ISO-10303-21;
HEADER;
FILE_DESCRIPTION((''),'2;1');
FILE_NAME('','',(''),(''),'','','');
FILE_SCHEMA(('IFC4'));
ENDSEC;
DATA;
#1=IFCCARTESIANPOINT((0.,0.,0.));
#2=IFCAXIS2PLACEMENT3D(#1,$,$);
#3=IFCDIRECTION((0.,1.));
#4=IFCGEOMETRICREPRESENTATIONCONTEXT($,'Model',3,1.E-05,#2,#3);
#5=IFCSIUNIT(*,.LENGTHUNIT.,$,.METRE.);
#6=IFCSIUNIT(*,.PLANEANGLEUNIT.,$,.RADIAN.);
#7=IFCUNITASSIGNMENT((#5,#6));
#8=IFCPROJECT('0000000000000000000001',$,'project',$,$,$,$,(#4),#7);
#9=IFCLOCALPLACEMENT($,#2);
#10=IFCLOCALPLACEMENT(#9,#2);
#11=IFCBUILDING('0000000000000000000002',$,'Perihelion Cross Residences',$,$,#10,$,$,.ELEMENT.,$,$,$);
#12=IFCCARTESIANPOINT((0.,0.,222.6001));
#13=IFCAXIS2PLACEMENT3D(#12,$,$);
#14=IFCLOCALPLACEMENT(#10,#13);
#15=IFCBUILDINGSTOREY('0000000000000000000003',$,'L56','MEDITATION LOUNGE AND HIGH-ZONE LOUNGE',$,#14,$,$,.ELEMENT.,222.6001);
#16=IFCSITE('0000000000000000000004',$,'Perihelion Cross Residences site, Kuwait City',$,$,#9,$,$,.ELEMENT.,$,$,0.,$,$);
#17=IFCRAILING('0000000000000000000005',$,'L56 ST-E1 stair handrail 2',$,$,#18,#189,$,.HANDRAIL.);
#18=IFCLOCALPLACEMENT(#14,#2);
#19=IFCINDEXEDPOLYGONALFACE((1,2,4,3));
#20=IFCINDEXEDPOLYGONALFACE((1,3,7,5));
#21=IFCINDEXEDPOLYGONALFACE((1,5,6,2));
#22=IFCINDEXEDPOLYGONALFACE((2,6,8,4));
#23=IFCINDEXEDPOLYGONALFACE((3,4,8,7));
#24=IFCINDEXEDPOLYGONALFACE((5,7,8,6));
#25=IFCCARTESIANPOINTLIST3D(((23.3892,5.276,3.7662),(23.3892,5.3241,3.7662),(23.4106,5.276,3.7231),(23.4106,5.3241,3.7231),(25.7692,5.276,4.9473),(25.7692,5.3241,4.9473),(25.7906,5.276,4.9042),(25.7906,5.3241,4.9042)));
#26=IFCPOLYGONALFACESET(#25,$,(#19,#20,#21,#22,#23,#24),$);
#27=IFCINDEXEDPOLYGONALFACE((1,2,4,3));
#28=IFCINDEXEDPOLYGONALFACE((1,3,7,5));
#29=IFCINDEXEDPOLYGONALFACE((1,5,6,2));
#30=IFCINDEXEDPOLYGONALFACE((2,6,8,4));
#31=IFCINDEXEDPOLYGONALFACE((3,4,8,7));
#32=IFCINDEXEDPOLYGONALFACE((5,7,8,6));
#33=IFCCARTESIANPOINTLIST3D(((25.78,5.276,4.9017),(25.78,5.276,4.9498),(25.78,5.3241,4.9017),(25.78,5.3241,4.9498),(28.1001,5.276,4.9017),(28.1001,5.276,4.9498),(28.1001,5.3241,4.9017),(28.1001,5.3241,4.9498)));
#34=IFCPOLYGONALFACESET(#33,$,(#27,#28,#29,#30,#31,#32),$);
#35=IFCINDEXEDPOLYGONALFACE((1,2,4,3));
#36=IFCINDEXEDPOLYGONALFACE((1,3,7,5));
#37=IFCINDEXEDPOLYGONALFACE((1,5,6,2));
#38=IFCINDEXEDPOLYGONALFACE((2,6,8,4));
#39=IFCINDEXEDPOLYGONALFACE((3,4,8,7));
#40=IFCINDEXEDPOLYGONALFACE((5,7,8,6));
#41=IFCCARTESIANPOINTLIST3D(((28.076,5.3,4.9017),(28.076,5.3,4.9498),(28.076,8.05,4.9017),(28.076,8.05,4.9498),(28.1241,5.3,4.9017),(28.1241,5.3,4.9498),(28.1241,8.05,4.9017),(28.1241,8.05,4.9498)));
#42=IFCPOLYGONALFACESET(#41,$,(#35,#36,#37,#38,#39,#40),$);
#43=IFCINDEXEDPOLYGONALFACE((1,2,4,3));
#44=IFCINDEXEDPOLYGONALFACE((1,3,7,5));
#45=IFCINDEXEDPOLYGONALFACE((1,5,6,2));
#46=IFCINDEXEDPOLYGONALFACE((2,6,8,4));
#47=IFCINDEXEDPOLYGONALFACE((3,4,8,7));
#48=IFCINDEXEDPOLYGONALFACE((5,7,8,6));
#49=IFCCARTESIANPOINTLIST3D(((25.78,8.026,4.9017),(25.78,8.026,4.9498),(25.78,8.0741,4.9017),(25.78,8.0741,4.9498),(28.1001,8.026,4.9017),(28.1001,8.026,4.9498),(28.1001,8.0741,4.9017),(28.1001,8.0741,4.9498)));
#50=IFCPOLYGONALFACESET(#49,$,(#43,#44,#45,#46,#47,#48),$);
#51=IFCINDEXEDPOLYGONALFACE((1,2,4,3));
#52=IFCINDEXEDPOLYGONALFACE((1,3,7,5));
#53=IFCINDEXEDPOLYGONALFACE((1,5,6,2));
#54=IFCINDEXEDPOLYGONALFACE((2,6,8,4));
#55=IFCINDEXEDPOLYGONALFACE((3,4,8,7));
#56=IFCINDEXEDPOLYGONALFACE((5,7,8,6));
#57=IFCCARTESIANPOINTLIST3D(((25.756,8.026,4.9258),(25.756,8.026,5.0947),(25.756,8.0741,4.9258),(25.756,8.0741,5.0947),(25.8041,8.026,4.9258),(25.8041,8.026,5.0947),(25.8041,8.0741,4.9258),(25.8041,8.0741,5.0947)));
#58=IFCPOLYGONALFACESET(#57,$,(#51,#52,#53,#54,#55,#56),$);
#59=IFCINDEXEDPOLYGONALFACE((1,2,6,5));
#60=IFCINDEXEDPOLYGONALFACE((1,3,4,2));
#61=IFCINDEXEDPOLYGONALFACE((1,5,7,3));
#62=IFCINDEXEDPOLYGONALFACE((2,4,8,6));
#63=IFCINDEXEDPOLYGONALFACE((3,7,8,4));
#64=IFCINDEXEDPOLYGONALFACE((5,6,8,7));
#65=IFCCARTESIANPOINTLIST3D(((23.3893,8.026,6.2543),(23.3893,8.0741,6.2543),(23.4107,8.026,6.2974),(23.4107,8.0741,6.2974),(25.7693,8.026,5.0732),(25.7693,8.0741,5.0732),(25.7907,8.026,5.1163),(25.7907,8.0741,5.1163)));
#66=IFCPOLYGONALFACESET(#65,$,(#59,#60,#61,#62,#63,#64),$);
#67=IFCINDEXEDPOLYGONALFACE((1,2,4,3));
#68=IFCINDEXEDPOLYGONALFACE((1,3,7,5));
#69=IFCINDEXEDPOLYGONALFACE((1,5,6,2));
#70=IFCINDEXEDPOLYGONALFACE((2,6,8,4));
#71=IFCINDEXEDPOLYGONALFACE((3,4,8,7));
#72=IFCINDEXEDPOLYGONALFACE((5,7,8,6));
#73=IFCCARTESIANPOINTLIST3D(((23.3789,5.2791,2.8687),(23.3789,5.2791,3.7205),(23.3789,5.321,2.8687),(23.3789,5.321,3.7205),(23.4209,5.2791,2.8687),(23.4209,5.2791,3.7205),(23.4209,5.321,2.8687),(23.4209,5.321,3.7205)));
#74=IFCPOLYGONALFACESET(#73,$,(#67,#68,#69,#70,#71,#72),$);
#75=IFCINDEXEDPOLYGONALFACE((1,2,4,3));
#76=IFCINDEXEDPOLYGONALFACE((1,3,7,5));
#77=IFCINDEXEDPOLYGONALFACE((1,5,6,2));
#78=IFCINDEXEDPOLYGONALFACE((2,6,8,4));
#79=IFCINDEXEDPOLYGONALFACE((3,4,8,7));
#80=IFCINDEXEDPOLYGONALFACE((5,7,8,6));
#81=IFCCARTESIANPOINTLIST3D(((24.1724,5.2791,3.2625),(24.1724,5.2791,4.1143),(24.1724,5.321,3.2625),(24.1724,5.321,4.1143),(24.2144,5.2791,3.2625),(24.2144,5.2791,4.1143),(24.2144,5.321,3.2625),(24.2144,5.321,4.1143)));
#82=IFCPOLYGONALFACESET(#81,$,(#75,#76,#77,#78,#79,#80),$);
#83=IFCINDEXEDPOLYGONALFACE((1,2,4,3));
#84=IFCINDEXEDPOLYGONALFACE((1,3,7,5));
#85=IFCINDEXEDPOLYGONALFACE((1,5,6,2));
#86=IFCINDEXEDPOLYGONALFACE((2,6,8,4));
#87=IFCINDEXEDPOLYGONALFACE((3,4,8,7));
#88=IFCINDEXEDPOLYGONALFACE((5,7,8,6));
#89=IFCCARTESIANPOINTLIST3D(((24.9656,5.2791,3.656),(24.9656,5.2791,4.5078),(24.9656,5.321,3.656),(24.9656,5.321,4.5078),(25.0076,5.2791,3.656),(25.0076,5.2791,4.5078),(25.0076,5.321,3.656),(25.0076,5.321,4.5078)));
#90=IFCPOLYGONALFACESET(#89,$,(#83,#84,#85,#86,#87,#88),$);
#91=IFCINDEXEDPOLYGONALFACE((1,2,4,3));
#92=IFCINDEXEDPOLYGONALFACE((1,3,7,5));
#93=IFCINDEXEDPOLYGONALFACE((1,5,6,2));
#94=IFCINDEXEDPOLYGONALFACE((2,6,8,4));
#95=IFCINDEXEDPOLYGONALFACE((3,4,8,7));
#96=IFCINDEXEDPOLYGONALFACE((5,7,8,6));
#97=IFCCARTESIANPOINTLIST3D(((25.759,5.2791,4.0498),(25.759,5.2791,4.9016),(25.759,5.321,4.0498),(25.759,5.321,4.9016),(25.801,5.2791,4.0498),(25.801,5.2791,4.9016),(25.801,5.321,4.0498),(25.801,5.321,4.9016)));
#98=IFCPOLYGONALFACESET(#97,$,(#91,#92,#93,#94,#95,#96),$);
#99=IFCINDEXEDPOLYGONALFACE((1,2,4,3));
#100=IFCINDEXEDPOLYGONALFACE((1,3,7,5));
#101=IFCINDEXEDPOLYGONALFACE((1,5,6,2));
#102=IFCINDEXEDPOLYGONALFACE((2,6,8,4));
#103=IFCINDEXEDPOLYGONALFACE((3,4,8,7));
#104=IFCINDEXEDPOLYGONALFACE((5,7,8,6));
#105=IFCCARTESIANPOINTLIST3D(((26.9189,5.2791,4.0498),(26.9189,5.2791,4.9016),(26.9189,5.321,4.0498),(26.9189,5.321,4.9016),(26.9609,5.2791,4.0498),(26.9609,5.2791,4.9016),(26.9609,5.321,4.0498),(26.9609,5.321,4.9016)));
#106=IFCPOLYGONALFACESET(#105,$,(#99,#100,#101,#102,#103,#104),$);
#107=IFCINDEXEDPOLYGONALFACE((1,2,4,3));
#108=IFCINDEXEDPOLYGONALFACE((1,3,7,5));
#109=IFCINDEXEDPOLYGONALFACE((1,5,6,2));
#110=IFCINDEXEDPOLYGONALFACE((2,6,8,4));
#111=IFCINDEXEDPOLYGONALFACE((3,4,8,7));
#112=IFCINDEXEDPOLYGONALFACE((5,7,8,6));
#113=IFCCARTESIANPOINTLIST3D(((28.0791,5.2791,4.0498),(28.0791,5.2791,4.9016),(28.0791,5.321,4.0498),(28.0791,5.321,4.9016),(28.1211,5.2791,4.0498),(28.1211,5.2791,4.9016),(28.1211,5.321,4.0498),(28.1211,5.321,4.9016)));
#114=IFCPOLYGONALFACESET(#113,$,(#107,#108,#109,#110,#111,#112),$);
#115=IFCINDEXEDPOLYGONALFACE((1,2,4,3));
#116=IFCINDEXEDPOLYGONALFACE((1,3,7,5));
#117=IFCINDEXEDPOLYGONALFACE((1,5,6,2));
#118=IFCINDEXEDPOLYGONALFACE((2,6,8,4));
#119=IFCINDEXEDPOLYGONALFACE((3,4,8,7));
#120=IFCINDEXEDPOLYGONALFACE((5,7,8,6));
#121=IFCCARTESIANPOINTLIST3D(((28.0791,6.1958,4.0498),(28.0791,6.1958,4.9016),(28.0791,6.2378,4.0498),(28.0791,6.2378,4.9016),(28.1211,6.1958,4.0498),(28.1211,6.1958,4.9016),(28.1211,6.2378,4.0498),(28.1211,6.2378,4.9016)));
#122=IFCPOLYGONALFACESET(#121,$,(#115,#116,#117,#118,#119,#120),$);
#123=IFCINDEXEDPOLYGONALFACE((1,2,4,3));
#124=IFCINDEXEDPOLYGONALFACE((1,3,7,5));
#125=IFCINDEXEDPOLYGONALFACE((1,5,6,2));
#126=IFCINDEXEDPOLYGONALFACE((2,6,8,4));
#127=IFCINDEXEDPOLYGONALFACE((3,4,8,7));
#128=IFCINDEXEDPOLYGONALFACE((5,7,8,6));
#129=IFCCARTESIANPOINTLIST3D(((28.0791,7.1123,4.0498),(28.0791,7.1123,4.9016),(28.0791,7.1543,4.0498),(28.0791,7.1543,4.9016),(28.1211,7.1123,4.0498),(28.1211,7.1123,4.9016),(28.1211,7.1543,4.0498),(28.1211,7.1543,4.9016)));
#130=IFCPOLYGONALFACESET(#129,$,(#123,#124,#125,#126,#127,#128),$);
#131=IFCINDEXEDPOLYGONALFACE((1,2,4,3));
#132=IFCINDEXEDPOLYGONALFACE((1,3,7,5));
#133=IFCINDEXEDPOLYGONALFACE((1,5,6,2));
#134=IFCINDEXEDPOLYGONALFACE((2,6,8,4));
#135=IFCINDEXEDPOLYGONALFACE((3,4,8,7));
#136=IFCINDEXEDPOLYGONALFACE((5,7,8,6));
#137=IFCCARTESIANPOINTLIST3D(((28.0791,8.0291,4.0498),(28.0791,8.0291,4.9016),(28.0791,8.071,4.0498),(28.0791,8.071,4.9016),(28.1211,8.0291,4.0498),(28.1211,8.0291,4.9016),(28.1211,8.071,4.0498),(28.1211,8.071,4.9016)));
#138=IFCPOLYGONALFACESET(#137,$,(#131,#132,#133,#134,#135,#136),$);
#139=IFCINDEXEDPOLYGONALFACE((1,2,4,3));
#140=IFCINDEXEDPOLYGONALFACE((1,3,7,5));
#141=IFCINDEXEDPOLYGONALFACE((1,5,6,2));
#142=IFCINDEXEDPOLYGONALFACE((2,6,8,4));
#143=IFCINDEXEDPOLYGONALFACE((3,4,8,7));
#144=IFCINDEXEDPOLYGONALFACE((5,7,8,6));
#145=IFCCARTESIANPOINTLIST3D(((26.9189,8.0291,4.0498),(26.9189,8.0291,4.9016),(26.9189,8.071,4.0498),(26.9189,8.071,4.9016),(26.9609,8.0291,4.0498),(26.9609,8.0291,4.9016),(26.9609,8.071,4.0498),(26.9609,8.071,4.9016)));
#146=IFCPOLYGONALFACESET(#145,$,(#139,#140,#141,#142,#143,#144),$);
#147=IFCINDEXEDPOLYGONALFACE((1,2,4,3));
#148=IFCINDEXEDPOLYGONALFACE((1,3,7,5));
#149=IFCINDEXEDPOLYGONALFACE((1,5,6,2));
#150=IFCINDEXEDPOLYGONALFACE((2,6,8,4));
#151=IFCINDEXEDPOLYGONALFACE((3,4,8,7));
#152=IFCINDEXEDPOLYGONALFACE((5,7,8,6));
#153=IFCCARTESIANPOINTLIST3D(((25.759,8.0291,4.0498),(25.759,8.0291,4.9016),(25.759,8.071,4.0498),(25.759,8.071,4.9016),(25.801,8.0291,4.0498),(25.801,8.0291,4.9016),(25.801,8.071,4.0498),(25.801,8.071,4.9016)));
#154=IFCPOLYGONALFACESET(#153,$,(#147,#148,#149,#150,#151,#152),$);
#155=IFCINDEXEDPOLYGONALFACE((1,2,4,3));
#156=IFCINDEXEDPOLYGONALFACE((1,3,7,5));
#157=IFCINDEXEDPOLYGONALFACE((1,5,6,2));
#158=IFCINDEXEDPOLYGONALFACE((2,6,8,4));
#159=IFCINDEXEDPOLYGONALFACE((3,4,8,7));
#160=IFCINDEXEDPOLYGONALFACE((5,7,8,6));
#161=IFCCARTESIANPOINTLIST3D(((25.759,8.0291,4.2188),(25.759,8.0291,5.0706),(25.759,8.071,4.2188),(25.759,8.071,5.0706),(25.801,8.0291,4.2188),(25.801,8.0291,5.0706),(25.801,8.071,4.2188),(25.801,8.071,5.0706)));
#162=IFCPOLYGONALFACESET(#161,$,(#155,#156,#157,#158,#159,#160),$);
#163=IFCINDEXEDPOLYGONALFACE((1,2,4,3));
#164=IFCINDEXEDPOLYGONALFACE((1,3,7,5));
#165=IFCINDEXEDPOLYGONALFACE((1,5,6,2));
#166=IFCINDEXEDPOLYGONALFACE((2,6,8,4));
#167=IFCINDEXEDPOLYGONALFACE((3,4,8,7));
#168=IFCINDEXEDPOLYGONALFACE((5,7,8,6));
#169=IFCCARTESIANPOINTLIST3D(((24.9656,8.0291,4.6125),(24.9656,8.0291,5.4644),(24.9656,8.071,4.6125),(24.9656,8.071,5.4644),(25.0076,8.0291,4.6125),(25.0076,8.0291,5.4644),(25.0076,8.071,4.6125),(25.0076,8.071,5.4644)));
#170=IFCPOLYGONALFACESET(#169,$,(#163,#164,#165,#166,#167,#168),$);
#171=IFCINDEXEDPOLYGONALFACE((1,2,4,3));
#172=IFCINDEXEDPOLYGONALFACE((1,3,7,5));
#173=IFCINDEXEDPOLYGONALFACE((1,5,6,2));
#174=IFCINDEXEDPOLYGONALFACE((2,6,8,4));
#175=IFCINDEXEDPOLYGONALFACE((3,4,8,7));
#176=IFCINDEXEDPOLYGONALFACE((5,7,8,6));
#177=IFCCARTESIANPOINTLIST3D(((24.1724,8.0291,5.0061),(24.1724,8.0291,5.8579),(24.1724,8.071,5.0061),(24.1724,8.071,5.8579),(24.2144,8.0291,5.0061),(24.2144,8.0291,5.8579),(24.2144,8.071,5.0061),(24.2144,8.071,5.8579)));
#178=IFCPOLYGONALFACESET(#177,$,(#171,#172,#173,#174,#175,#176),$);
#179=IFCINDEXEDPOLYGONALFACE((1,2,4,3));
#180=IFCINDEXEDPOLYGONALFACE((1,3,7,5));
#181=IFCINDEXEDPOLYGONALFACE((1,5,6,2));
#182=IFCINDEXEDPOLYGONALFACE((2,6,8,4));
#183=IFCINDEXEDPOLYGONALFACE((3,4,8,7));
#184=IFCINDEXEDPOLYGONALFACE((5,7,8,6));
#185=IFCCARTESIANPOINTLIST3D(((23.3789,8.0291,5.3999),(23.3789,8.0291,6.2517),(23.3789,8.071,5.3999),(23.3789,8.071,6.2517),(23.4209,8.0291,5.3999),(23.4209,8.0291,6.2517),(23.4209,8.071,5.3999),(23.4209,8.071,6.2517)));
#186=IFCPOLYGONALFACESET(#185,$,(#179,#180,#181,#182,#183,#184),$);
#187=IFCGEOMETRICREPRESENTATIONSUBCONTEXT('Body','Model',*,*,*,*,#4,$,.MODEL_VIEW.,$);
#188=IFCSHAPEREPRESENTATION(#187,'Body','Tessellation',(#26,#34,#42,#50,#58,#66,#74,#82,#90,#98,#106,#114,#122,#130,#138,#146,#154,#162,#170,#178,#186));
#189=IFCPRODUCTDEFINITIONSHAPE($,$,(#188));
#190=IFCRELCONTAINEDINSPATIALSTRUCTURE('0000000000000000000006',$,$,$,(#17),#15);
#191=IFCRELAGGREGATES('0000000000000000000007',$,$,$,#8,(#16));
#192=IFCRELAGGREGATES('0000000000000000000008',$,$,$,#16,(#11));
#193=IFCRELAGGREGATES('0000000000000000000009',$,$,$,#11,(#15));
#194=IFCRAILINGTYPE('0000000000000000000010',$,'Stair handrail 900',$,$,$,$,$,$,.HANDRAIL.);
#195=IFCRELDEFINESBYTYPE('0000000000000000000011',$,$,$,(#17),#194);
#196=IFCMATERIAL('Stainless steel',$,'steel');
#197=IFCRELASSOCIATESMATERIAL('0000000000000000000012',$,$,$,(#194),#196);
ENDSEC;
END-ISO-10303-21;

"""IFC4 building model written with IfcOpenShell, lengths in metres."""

from ifc_helpers import new_model, si_unit, direction, frame, origin, origin_2d, place, context, subcontext, project, spatial, rectangle, extrude, material, type_object, element, save


model = new_model("IFC4")

# Units and contexts
model_context = context("Model", 3, precision=1e-05, world=origin(), true_north=direction((0.0, 1.0)))
body_context = subcontext(model_context, "Body", "Model", "MODEL_VIEW")
ifc_project = project(units=[si_unit("LENGTHUNIT", "METRE"), si_unit("PLANEANGLEUNIT", "RADIAN")], contexts=[model_context])

# Site, building, storey
site_placement = place(None, origin())
site = spatial("IfcSite", under=ifc_project, at=site_placement, Name="Perihelion Cross Residences site, Kuwait City", CompositionType="ELEMENT", RefElevation=0.0)
building_placement = place(site_placement, origin())
building = spatial("IfcBuilding", under=site, at=building_placement, Name="Perihelion Cross Residences", CompositionType="ELEMENT")
storey_placement = place(building_placement, frame((0.0, 0.0, 222.6001)))
storey = spatial("IfcBuildingStorey", under=building, at=storey_placement, Name="L56", Description="MEDITATION LOUNGE AND HIGH-ZONE LOUNGE", CompositionType="ELEMENT", Elevation=222.6001)

# Railing
ifc_material_1 = material(Name="Stainless steel", Category="steel")
railing_type_1 = type_object("IfcRailingType", Name="Stair handrail 900", PredefinedType="HANDRAIL", material=ifc_material_1)
railing_1_placement = place(storey_placement, frame((23.3999, 5.3, 2.8687)))
element("IfcRailing", 1, at=railing_1_placement, inside=storey, type_object=railing_type_1, Name="L56 ST-E1 stair handrail 2", PredefinedType="HANDRAIL", context=body_context, shape_type="SweptSolid", body=[
    extrude(rectangle(XDim=0.0481, YDim=0.0481, at=origin_2d()), frame((0.0, 0.0, 0.876), z_axis=(0.895765, 0.0, 0.444529), x_axis=(0.0, 1.0, 0.0)), (0.0, 0.0, 1.0), 2.657),
    extrude(rectangle(XDim=0.0481, YDim=0.0481, at=origin_2d()), frame((2.3801, 0.0, 2.0571), z_axis=(1.0, 0.0, 0.0), x_axis=(0.0, 1.0, 0.0)), (0.0, 0.0, 1.0), 2.3201),
    extrude(rectangle(XDim=0.0481, YDim=0.0481, at=origin_2d()), frame((4.7002, 0.0, 2.0571), z_axis=(0.0, 1.0, 0.0), x_axis=(-1.0, 0.0, 0.0)), (0.0, 0.0, 1.0), 2.75),
    extrude(rectangle(XDim=0.0481, YDim=0.0481, at=origin_2d()), frame((4.7002, 2.75, 2.0571), z_axis=(-1.0, 0.0, 0.0), x_axis=(0.0, -1.0, 0.0)), (0.0, 0.0, 1.0), 2.3201),
    extrude(rectangle(XDim=0.0481, YDim=0.0481, at=origin_2d()), frame((2.3801, 2.75, 2.0571), z_axis=(0.0, 0.0, 1.0), x_axis=(1.0, 0.0, 0.0)), (0.0, 0.0, 1.0), 0.1689),
    extrude(rectangle(XDim=0.0481, YDim=0.0481, at=origin_2d()), frame((2.3801, 2.75, 2.2261), z_axis=(-0.895765, 0.0, 0.444529), x_axis=(0.0, -1.0, 0.0)), (0.0, 0.0, 1.0), 2.657),
    extrude(rectangle(XDim=0.042, YDim=0.042, at=origin_2d()), origin(), (0.0, 0.0, 1.0), 0.8518),
    extrude(rectangle(XDim=0.042, YDim=0.042, at=origin_2d()), frame((0.7935, 0.0, 0.3938)), (0.0, 0.0, 1.0), 0.8518),
    extrude(rectangle(XDim=0.042, YDim=0.042, at=origin_2d()), frame((1.5867, 0.0, 0.7874)), (0.0, 0.0, 1.0), 0.8518),
    extrude(rectangle(XDim=0.042, YDim=0.042, at=origin_2d()), frame((2.3801, 0.0, 1.1812)), (0.0, 0.0, 1.0), 0.8518),
    extrude(rectangle(XDim=0.042, YDim=0.042, at=origin_2d()), frame((3.54, 0.0, 1.1812)), (0.0, 0.0, 1.0), 0.8518),
    extrude(rectangle(XDim=0.042, YDim=0.042, at=origin_2d()), frame((4.7002, 0.0, 1.1812)), (0.0, 0.0, 1.0), 0.8518),
    extrude(rectangle(XDim=0.042, YDim=0.042, at=origin_2d()), frame((4.7002, 0.9167, 1.1812)), (0.0, 0.0, 1.0), 0.8518),
    extrude(rectangle(XDim=0.042, YDim=0.042, at=origin_2d()), frame((4.7002, 1.8333, 1.1812)), (0.0, 0.0, 1.0), 0.8518),
    extrude(rectangle(XDim=0.042, YDim=0.042, at=origin_2d()), frame((4.7002, 2.75, 1.1812)), (0.0, 0.0, 1.0), 0.8518),
    extrude(rectangle(XDim=0.042, YDim=0.042, at=origin_2d()), frame((3.54, 2.75, 1.1812)), (0.0, 0.0, 1.0), 0.8518),
    extrude(rectangle(XDim=0.042, YDim=0.042, at=origin_2d()), frame((2.3801, 2.75, 1.1812)), (0.0, 0.0, 1.0), 0.8518),
    extrude(rectangle(XDim=0.042, YDim=0.042, at=origin_2d()), frame((2.3801, 2.75, 1.3501)), (0.0, 0.0, 1.0), 0.8518),
    extrude(rectangle(XDim=0.042, YDim=0.042, at=origin_2d()), frame((1.5867, 2.75, 1.7439)), (0.0, 0.0, 1.0), 0.8518),
    extrude(rectangle(XDim=0.042, YDim=0.042, at=origin_2d()), frame((0.7935, 2.75, 2.1375)), (0.0, 0.0, 1.0), 0.8518),
    extrude(rectangle(XDim=0.042, YDim=0.042, at=origin_2d()), frame((0.0, 2.75, 2.5312)), (0.0, 0.0, 1.0), 0.8518),
])

save(model, "model.ifc")
